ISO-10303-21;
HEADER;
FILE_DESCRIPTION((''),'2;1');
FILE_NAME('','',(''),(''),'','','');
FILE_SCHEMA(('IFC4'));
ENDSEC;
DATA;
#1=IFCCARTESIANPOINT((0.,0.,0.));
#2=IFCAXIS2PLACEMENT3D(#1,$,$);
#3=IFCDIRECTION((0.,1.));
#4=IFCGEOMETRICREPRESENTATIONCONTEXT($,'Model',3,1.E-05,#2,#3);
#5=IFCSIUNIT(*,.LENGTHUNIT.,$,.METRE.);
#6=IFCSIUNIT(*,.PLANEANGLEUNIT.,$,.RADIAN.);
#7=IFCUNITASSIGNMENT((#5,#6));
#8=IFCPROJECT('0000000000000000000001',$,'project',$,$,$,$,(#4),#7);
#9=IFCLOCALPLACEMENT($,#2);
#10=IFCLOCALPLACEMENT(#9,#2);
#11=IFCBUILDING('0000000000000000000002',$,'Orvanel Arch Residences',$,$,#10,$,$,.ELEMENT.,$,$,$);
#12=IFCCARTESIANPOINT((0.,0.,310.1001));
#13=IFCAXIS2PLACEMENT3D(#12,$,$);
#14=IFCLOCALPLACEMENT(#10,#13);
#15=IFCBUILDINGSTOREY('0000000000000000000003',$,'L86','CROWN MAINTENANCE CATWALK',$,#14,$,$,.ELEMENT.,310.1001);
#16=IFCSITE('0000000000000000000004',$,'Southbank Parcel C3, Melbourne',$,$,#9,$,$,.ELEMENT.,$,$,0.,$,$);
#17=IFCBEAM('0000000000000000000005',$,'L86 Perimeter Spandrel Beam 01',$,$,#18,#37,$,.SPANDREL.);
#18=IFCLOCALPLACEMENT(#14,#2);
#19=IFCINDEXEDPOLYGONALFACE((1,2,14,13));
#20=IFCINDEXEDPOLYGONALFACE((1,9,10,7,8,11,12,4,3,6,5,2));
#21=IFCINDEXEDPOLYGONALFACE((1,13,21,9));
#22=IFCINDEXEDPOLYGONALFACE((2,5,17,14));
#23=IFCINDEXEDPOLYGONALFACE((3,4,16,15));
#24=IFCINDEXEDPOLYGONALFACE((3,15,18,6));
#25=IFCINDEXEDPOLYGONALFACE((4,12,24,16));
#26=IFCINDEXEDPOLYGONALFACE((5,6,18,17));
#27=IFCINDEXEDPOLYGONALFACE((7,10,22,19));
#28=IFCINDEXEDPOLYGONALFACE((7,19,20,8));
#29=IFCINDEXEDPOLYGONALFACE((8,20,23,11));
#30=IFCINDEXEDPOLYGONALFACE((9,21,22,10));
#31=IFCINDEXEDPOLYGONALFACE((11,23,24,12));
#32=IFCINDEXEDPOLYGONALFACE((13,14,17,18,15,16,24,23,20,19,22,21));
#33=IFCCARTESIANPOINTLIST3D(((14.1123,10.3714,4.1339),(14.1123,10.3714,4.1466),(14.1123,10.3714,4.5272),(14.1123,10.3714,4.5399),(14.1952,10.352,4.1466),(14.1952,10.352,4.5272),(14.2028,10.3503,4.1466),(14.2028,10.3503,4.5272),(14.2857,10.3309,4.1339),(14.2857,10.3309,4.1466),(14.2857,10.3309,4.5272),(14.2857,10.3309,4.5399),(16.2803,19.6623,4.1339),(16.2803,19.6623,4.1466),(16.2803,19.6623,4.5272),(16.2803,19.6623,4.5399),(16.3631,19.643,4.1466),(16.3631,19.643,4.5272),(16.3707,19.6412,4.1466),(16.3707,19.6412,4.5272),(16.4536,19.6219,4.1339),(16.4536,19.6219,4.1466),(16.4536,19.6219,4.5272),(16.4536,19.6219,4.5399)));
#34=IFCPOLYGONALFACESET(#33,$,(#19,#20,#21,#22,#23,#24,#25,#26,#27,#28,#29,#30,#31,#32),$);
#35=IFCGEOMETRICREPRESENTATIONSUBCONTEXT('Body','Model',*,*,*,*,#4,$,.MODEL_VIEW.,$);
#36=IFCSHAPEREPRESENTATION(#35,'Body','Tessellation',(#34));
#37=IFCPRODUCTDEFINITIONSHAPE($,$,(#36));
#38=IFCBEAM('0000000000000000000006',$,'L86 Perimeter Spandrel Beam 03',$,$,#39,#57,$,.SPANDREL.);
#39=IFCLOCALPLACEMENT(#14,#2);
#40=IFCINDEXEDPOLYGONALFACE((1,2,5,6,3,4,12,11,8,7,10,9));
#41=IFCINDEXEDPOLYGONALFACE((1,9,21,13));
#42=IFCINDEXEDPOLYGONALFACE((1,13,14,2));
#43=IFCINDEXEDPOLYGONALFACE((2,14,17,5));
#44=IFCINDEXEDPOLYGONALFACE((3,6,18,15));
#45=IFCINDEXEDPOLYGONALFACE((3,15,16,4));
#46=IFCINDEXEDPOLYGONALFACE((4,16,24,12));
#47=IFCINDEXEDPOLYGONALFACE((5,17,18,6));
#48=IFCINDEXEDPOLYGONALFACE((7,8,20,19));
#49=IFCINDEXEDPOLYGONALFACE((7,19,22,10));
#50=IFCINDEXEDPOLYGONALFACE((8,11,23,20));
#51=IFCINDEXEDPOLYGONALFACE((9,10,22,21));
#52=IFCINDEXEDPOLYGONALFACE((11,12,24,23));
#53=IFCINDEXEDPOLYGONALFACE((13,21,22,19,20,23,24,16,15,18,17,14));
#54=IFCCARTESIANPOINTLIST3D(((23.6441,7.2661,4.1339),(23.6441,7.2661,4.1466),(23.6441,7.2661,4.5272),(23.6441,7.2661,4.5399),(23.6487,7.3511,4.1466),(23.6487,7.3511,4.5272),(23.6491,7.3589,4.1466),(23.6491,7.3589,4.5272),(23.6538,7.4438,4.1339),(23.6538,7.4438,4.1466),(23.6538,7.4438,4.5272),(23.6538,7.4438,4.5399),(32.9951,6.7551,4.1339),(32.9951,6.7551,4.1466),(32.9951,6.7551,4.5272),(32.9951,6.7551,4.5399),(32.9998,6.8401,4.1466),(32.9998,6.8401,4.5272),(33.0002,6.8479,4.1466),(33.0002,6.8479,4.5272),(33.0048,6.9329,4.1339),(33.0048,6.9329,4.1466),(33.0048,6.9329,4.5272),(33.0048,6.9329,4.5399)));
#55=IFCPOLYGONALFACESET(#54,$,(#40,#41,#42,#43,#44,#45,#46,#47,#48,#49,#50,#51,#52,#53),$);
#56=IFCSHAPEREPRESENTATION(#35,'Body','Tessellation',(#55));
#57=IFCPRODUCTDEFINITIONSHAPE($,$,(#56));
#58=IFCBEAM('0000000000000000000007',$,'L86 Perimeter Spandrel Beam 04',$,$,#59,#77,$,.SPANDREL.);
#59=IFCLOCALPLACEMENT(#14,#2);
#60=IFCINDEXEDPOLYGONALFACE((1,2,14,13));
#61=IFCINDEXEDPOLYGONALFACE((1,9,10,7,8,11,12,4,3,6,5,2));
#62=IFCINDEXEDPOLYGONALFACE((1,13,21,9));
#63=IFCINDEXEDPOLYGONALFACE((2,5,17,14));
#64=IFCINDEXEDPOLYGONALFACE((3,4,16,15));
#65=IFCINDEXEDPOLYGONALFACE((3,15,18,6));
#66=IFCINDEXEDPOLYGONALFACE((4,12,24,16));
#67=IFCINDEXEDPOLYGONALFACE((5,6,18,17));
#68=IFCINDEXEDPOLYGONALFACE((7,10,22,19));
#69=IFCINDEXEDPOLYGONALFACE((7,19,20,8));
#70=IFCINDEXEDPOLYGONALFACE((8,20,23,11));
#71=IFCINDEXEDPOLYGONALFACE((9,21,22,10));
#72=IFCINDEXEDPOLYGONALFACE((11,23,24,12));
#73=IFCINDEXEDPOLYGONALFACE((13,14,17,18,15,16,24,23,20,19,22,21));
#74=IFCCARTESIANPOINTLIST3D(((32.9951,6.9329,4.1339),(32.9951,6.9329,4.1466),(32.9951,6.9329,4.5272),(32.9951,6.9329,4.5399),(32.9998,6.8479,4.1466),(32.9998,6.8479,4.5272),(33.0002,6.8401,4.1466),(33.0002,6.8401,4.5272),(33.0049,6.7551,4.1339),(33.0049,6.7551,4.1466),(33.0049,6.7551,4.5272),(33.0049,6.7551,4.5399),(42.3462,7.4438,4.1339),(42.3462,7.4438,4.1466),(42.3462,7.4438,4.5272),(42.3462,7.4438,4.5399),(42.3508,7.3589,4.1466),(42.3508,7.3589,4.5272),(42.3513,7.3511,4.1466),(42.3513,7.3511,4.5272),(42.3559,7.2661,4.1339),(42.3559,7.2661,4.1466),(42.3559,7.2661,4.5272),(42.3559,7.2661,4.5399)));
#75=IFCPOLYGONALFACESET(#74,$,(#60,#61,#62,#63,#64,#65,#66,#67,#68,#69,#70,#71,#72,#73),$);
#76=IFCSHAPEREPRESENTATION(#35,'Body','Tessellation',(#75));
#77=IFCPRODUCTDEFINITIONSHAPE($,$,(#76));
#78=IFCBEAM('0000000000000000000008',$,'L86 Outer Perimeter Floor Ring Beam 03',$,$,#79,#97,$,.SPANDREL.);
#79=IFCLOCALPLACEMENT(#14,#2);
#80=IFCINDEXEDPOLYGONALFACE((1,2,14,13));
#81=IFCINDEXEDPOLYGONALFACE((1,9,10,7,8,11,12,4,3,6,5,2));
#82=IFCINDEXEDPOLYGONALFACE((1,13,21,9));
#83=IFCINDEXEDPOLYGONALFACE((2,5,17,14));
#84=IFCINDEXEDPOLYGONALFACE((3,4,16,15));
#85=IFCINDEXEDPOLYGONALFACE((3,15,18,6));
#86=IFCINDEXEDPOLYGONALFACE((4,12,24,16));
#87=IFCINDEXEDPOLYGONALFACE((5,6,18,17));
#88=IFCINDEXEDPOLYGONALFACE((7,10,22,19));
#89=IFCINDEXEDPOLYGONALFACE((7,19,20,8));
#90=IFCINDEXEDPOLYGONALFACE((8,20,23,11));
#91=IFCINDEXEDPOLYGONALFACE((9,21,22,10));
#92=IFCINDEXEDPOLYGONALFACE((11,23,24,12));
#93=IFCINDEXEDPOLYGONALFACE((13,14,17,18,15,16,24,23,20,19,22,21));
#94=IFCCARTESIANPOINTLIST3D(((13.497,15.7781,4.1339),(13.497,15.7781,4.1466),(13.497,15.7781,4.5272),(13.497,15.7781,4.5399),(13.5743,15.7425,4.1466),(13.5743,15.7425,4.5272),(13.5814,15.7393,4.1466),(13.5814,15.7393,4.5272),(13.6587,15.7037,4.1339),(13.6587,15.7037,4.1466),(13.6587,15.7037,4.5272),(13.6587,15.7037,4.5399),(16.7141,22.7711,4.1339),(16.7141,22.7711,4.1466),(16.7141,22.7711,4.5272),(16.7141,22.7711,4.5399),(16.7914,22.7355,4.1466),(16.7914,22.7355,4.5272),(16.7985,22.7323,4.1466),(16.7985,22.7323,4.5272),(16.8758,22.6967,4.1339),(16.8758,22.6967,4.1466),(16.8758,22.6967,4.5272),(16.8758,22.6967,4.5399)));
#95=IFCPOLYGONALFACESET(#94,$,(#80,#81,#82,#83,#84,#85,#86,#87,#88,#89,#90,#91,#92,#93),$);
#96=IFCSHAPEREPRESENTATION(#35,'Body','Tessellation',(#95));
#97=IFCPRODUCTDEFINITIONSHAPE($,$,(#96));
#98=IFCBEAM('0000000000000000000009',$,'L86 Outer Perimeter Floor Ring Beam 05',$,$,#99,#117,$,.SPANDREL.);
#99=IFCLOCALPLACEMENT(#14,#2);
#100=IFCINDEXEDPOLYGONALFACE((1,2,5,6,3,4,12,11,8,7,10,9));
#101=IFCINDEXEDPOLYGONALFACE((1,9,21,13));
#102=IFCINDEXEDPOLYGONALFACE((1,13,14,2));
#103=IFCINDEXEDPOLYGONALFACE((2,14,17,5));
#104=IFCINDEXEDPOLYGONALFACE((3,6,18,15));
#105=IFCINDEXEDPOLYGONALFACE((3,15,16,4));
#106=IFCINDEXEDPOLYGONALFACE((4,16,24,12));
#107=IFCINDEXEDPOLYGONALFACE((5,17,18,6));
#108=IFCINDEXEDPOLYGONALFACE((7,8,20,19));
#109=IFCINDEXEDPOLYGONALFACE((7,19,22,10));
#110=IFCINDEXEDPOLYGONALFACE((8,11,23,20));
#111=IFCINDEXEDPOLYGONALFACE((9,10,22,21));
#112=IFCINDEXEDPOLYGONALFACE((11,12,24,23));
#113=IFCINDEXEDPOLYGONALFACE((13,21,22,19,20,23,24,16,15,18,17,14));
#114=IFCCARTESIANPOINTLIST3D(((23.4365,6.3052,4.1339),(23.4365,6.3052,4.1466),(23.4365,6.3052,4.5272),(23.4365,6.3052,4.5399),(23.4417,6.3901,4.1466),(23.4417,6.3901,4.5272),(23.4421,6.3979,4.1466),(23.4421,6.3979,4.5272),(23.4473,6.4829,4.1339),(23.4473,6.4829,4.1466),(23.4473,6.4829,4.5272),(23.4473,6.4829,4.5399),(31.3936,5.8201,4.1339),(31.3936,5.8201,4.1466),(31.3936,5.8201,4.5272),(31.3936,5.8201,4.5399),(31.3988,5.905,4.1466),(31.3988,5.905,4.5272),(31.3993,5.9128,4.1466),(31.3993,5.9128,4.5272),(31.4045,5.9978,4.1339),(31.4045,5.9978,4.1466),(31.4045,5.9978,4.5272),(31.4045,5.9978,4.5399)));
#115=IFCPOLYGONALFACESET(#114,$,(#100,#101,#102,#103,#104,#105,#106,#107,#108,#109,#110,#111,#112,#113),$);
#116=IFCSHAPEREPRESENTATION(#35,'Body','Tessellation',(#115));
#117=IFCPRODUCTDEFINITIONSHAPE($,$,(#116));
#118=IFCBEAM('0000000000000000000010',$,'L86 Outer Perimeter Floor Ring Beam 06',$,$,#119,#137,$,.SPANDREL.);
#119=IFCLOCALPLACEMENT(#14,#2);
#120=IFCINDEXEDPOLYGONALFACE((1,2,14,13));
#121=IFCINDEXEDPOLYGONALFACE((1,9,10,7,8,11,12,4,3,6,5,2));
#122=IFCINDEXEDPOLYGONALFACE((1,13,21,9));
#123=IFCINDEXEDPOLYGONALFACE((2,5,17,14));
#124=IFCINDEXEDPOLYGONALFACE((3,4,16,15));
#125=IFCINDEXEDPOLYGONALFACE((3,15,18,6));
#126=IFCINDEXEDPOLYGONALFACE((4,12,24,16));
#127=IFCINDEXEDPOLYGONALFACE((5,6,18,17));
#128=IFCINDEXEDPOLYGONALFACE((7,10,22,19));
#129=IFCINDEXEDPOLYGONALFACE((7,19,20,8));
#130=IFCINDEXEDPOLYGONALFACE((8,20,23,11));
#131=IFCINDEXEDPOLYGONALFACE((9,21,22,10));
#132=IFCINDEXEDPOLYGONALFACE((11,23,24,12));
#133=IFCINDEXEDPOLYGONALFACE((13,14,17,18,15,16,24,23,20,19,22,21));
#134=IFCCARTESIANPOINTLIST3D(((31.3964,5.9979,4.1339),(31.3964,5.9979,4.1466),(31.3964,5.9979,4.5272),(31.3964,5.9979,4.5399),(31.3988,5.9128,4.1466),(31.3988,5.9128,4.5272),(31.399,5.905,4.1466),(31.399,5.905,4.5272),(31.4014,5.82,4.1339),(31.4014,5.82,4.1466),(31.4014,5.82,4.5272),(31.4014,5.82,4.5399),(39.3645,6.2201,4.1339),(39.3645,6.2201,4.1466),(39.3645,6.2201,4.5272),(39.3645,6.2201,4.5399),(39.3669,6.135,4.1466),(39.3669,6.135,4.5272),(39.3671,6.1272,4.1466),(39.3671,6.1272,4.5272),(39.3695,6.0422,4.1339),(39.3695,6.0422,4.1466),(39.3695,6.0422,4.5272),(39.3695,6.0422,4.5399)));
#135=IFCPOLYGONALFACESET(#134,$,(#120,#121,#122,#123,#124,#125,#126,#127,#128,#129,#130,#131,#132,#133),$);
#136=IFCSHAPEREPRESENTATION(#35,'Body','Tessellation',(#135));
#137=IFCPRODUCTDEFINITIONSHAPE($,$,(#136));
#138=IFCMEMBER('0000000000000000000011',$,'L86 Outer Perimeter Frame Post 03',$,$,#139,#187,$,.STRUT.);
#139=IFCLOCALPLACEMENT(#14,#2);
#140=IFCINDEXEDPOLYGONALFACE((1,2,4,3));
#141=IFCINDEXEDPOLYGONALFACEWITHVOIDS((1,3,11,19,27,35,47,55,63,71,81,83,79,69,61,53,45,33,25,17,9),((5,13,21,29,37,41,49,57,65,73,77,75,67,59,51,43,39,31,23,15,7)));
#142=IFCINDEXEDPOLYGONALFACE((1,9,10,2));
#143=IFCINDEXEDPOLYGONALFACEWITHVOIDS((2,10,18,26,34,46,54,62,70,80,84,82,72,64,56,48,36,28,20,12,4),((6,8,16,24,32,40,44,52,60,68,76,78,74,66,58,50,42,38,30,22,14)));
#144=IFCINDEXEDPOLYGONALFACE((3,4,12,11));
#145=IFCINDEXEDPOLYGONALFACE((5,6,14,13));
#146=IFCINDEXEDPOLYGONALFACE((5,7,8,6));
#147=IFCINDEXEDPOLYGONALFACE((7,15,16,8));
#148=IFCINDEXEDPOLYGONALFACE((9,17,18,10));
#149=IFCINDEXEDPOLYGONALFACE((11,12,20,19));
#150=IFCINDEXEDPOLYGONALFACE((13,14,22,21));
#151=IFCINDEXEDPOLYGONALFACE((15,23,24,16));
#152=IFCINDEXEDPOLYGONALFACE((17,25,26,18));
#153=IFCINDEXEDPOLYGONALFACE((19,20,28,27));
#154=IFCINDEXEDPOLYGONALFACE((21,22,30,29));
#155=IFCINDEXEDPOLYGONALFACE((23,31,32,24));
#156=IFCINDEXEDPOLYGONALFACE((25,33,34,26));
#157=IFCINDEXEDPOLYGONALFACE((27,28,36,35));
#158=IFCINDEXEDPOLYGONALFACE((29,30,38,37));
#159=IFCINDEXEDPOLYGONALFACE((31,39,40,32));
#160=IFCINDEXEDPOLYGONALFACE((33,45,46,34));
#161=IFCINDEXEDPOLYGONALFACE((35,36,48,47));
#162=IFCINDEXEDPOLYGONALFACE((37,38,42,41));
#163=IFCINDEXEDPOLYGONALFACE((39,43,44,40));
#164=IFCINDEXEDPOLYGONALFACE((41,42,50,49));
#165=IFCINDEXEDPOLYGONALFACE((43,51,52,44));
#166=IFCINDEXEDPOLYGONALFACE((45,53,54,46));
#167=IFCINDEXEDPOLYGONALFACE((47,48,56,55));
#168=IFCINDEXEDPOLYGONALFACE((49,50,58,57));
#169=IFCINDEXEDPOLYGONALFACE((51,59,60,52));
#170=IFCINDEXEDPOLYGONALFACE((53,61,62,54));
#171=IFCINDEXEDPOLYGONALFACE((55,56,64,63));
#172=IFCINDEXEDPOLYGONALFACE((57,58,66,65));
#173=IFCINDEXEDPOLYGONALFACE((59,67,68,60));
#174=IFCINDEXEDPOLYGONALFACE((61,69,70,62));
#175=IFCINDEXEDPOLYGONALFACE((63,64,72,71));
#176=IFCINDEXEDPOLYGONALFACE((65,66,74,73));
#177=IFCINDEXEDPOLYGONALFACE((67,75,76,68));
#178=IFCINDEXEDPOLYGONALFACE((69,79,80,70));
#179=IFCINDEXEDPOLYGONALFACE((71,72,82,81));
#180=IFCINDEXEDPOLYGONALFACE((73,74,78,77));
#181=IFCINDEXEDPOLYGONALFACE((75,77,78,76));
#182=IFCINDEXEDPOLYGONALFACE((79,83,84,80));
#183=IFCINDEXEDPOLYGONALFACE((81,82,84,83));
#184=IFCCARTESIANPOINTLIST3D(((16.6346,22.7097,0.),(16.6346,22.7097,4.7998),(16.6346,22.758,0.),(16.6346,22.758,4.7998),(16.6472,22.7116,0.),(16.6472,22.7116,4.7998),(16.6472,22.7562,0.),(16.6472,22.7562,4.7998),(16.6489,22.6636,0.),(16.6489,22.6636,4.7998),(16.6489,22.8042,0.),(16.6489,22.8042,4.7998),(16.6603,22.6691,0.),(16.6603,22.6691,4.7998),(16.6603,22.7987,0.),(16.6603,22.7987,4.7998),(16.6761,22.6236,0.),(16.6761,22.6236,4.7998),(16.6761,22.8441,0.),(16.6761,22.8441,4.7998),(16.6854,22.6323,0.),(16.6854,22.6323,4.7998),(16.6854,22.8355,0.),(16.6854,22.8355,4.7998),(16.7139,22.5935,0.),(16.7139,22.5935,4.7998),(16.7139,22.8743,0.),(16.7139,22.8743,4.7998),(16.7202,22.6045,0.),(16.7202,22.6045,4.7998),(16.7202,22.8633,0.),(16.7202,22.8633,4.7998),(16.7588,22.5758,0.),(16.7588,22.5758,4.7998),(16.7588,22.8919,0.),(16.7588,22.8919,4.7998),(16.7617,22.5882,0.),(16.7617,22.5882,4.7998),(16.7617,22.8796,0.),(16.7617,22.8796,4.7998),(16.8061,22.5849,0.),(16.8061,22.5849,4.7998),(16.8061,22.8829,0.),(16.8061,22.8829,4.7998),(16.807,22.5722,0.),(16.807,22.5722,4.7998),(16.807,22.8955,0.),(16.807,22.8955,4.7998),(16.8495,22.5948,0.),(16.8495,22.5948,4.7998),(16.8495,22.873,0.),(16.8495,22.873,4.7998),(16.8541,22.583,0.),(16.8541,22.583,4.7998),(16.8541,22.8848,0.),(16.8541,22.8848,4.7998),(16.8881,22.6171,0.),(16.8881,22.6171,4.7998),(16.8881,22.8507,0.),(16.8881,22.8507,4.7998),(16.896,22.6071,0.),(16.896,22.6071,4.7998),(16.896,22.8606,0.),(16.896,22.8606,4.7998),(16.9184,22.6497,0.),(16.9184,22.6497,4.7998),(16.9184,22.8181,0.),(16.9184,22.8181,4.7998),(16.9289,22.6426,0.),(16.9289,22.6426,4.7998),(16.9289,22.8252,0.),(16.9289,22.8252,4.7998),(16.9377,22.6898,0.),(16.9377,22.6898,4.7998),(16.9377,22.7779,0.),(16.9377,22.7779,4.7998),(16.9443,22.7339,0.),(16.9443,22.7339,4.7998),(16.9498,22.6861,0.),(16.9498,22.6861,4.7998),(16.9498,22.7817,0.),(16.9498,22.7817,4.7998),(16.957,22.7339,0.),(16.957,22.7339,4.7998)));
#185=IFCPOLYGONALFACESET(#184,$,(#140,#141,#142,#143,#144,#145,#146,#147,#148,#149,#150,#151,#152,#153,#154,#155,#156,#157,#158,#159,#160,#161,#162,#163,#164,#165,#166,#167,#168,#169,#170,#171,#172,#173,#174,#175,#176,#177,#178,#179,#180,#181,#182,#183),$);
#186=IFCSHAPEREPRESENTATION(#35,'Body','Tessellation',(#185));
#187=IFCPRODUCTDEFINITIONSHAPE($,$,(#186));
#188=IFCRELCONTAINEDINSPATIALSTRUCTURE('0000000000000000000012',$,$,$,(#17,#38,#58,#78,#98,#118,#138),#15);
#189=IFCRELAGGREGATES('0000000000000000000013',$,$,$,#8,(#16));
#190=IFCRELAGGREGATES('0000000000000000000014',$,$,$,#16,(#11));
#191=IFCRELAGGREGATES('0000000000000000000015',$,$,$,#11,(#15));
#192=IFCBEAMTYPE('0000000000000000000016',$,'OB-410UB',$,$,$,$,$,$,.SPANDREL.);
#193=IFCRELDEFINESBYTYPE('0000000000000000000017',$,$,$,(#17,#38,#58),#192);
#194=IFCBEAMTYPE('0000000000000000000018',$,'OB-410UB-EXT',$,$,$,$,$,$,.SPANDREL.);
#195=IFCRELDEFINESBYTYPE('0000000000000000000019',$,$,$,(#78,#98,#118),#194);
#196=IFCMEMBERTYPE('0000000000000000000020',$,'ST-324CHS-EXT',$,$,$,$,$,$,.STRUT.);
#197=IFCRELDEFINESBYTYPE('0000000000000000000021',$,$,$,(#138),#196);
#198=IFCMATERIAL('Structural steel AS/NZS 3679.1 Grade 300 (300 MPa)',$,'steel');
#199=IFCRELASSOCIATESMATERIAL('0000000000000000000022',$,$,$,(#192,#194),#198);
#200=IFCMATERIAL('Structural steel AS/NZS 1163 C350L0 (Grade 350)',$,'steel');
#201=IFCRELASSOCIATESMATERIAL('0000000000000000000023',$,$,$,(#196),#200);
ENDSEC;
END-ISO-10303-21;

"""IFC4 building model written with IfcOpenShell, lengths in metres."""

from ifc_helpers import new_model, si_unit, direction, frame, origin, origin_2d, place, context, subcontext, project, spatial, hollow_circle, i_section, extrude, material, material_profile, profile_set, type_object, element, save


model = new_model("IFC4")

# Units and contexts
model_context = context("Model", 3, precision=1e-05, world=origin(), true_north=direction((0.0, 1.0)))
body_context = subcontext(model_context, "Body", "Model", "MODEL_VIEW")
ifc_project = project(units=[si_unit("LENGTHUNIT", "METRE"), si_unit("PLANEANGLEUNIT", "RADIAN")], contexts=[model_context])

# Site, building, storey
site_placement = place(None, origin())
site = spatial("IfcSite", under=ifc_project, at=site_placement, Name="Southbank Parcel C3, Melbourne", CompositionType="ELEMENT", RefElevation=0.0)
building_placement = place(site_placement, origin())
building = spatial("IfcBuilding", under=site, at=building_placement, Name="Orvanel Arch Residences", CompositionType="ELEMENT")
storey_placement = place(building_placement, frame((0.0, 0.0, 310.1001)))
storey = spatial("IfcBuildingStorey", under=building, at=storey_placement, Name="L86", Description="CROWN MAINTENANCE CATWALK", CompositionType="ELEMENT", Elevation=310.1001)

# Shared definitions
ifc_material_1 = material(Name="Structural steel AS/NZS 1163 C350L0 (Grade 350)", Category="steel")

# Beams
ifc_material_2 = material(Name="Structural steel AS/NZS 3679.1 Grade 300 (300 MPa)", Category="steel")
ifc_material_profile_1 = material_profile(ifc_material_2, i_section(OverallWidth=0.178, OverallDepth=0.406, WebThickness=0.0078, FlangeThickness=0.0127, at=origin_2d()), Name="410UB59.7")
ifc_profile_set_1 = profile_set([ifc_material_profile_1], Name="Structural steel AS/NZS 3679.1 Grade 300 (300 MPa)")
beam_type_1 = type_object("IfcBeamType", Name="OB-410UB", PredefinedType="SPANDREL", material=ifc_profile_set_1)
beam_1_placement = place(storey_placement, frame((16.3669, 19.6421, 4.3369), z_axis=(-0.227236, -0.97384, 0.0), x_axis=(0.97384, -0.227236, 0.0)))
element("IfcBeam", 1, at=beam_1_placement, inside=storey, type_object=beam_type_1, Name="L86 Perimeter Spandrel Beam 01", PredefinedType="SPANDREL", context=body_context, shape_type="SweptSolid", body=[
    extrude(i_section(OverallWidth=0.178, OverallDepth=0.406, WebThickness=0.0078, FlangeThickness=0.0127, at=origin_2d()), origin(), (0.0, 0.0, 1.0), 9.5405),
])
for number, where, z_axis, x_axis, name in (
    (2, (23.6489, 7.355, 4.3369), (0.99851, -0.054563, 0.0), (0.054563, 0.99851, 0.0), "L86 Perimeter Spandrel Beam 03"),
    (3, (33.0, 6.844, 4.3369), (0.99851, 0.054563, 0.0), (-0.054563, 0.99851, 0.0), "L86 Perimeter Spandrel Beam 04"),
):
    element("IfcBeam", number, at=place(storey_placement, frame(where, z_axis=z_axis, x_axis=x_axis)), inside=storey, type_object=beam_type_1, Name=name, PredefinedType="SPANDREL", context=body_context, shape_type="SweptSolid", body=[
        extrude(i_section(OverallWidth=0.178, OverallDepth=0.406, WebThickness=0.0078, FlangeThickness=0.0127, at=origin_2d()), origin(), (0.0, 0.0, 1.0), 9.365),
    ])
ifc_material_profile_2 = material_profile(ifc_material_2, i_section(OverallWidth=0.178, OverallDepth=0.406, WebThickness=0.0078, FlangeThickness=0.0127, at=origin_2d()), Name="410UB59.7")
ifc_profile_set_2 = profile_set([ifc_material_profile_2], Name="Structural steel AS/NZS 3679.1 Grade 300 (300 MPa)")
beam_type_2 = type_object("IfcBeamType", Name="OB-410UB-EXT", PredefinedType="SPANDREL", material=ifc_profile_set_2)
beam_2_placement = place(storey_placement, frame((16.7949, 22.7339, 4.3369), z_axis=(-0.417938, -0.908476, 0.0), x_axis=(0.908476, -0.417938, 0.0)))
element("IfcBeam", 4, at=beam_2_placement, inside=storey, type_object=beam_type_2, Name="L86 Outer Perimeter Floor Ring Beam 03", PredefinedType="SPANDREL", context=body_context, shape_type="SweptSolid", body=[
    extrude(i_section(OverallWidth=0.178, OverallDepth=0.406, WebThickness=0.0078, FlangeThickness=0.0127, at=origin_2d()), origin(), (0.0, 0.0, 1.0), 7.6975),
])
beam_3_placement = place(storey_placement, frame((23.4419, 6.394, 4.3369), z_axis=(0.998147, -0.060853, 0.0), x_axis=(0.060853, 0.998147, 0.0)))
element("IfcBeam", 5, at=beam_3_placement, inside=storey, type_object=beam_type_2, Name="L86 Outer Perimeter Floor Ring Beam 05", PredefinedType="SPANDREL", context=body_context, shape_type="SweptSolid", body=[
    extrude(i_section(OverallWidth=0.178, OverallDepth=0.406, WebThickness=0.0078, FlangeThickness=0.0127, at=origin_2d()), origin(), (0.0, 0.0, 1.0), 7.9719),
])
beam_4_placement = place(storey_placement, frame((31.3989, 5.9089, 4.3369), z_axis=(0.999612, 0.027872, 0.0), x_axis=(-0.027872, 0.999612, 0.0)))
element("IfcBeam", 6, at=beam_4_placement, inside=storey, type_object=beam_type_2, Name="L86 Outer Perimeter Floor Ring Beam 06", PredefinedType="SPANDREL", context=body_context, shape_type="SweptSolid", body=[
    extrude(i_section(OverallWidth=0.178, OverallDepth=0.406, WebThickness=0.0078, FlangeThickness=0.0127, at=origin_2d()), origin(), (0.0, 0.0, 1.0), 7.9712),
])

# Member
ifc_material_profile_3 = material_profile(ifc_material_1, hollow_circle(Radius=0.1621, WallThickness=0.0127, at=origin_2d()), Name="CHS324x12.7")
ifc_profile_set_3 = profile_set([ifc_material_profile_3], Name="Structural steel AS/NZS 1163 C350L0 (Grade 350)")
member_type_1 = type_object("IfcMemberType", Name="ST-324CHS-EXT", PredefinedType="STRUT", material=ifc_profile_set_3)
for number, where, z_axis, x_axis, name in (
    (7, (16.7949, 22.7339, 0.0), (0.0, 0.0, 1.0), (1.0, 0.0, 0.0), "L86 Outer Perimeter Frame Post 03"),
):
    element("IfcMember", number, at=place(storey_placement, frame(where, z_axis=z_axis, x_axis=x_axis)), inside=storey, type_object=member_type_1, Name=name, PredefinedType="STRUT", context=body_context, shape_type="SweptSolid", body=[
        extrude(hollow_circle(Radius=0.1621, WallThickness=0.0127, at=origin_2d()), origin(), (0.0, 0.0, 1.0), 4.7998),
    ])

save(model, "model.ifc")
